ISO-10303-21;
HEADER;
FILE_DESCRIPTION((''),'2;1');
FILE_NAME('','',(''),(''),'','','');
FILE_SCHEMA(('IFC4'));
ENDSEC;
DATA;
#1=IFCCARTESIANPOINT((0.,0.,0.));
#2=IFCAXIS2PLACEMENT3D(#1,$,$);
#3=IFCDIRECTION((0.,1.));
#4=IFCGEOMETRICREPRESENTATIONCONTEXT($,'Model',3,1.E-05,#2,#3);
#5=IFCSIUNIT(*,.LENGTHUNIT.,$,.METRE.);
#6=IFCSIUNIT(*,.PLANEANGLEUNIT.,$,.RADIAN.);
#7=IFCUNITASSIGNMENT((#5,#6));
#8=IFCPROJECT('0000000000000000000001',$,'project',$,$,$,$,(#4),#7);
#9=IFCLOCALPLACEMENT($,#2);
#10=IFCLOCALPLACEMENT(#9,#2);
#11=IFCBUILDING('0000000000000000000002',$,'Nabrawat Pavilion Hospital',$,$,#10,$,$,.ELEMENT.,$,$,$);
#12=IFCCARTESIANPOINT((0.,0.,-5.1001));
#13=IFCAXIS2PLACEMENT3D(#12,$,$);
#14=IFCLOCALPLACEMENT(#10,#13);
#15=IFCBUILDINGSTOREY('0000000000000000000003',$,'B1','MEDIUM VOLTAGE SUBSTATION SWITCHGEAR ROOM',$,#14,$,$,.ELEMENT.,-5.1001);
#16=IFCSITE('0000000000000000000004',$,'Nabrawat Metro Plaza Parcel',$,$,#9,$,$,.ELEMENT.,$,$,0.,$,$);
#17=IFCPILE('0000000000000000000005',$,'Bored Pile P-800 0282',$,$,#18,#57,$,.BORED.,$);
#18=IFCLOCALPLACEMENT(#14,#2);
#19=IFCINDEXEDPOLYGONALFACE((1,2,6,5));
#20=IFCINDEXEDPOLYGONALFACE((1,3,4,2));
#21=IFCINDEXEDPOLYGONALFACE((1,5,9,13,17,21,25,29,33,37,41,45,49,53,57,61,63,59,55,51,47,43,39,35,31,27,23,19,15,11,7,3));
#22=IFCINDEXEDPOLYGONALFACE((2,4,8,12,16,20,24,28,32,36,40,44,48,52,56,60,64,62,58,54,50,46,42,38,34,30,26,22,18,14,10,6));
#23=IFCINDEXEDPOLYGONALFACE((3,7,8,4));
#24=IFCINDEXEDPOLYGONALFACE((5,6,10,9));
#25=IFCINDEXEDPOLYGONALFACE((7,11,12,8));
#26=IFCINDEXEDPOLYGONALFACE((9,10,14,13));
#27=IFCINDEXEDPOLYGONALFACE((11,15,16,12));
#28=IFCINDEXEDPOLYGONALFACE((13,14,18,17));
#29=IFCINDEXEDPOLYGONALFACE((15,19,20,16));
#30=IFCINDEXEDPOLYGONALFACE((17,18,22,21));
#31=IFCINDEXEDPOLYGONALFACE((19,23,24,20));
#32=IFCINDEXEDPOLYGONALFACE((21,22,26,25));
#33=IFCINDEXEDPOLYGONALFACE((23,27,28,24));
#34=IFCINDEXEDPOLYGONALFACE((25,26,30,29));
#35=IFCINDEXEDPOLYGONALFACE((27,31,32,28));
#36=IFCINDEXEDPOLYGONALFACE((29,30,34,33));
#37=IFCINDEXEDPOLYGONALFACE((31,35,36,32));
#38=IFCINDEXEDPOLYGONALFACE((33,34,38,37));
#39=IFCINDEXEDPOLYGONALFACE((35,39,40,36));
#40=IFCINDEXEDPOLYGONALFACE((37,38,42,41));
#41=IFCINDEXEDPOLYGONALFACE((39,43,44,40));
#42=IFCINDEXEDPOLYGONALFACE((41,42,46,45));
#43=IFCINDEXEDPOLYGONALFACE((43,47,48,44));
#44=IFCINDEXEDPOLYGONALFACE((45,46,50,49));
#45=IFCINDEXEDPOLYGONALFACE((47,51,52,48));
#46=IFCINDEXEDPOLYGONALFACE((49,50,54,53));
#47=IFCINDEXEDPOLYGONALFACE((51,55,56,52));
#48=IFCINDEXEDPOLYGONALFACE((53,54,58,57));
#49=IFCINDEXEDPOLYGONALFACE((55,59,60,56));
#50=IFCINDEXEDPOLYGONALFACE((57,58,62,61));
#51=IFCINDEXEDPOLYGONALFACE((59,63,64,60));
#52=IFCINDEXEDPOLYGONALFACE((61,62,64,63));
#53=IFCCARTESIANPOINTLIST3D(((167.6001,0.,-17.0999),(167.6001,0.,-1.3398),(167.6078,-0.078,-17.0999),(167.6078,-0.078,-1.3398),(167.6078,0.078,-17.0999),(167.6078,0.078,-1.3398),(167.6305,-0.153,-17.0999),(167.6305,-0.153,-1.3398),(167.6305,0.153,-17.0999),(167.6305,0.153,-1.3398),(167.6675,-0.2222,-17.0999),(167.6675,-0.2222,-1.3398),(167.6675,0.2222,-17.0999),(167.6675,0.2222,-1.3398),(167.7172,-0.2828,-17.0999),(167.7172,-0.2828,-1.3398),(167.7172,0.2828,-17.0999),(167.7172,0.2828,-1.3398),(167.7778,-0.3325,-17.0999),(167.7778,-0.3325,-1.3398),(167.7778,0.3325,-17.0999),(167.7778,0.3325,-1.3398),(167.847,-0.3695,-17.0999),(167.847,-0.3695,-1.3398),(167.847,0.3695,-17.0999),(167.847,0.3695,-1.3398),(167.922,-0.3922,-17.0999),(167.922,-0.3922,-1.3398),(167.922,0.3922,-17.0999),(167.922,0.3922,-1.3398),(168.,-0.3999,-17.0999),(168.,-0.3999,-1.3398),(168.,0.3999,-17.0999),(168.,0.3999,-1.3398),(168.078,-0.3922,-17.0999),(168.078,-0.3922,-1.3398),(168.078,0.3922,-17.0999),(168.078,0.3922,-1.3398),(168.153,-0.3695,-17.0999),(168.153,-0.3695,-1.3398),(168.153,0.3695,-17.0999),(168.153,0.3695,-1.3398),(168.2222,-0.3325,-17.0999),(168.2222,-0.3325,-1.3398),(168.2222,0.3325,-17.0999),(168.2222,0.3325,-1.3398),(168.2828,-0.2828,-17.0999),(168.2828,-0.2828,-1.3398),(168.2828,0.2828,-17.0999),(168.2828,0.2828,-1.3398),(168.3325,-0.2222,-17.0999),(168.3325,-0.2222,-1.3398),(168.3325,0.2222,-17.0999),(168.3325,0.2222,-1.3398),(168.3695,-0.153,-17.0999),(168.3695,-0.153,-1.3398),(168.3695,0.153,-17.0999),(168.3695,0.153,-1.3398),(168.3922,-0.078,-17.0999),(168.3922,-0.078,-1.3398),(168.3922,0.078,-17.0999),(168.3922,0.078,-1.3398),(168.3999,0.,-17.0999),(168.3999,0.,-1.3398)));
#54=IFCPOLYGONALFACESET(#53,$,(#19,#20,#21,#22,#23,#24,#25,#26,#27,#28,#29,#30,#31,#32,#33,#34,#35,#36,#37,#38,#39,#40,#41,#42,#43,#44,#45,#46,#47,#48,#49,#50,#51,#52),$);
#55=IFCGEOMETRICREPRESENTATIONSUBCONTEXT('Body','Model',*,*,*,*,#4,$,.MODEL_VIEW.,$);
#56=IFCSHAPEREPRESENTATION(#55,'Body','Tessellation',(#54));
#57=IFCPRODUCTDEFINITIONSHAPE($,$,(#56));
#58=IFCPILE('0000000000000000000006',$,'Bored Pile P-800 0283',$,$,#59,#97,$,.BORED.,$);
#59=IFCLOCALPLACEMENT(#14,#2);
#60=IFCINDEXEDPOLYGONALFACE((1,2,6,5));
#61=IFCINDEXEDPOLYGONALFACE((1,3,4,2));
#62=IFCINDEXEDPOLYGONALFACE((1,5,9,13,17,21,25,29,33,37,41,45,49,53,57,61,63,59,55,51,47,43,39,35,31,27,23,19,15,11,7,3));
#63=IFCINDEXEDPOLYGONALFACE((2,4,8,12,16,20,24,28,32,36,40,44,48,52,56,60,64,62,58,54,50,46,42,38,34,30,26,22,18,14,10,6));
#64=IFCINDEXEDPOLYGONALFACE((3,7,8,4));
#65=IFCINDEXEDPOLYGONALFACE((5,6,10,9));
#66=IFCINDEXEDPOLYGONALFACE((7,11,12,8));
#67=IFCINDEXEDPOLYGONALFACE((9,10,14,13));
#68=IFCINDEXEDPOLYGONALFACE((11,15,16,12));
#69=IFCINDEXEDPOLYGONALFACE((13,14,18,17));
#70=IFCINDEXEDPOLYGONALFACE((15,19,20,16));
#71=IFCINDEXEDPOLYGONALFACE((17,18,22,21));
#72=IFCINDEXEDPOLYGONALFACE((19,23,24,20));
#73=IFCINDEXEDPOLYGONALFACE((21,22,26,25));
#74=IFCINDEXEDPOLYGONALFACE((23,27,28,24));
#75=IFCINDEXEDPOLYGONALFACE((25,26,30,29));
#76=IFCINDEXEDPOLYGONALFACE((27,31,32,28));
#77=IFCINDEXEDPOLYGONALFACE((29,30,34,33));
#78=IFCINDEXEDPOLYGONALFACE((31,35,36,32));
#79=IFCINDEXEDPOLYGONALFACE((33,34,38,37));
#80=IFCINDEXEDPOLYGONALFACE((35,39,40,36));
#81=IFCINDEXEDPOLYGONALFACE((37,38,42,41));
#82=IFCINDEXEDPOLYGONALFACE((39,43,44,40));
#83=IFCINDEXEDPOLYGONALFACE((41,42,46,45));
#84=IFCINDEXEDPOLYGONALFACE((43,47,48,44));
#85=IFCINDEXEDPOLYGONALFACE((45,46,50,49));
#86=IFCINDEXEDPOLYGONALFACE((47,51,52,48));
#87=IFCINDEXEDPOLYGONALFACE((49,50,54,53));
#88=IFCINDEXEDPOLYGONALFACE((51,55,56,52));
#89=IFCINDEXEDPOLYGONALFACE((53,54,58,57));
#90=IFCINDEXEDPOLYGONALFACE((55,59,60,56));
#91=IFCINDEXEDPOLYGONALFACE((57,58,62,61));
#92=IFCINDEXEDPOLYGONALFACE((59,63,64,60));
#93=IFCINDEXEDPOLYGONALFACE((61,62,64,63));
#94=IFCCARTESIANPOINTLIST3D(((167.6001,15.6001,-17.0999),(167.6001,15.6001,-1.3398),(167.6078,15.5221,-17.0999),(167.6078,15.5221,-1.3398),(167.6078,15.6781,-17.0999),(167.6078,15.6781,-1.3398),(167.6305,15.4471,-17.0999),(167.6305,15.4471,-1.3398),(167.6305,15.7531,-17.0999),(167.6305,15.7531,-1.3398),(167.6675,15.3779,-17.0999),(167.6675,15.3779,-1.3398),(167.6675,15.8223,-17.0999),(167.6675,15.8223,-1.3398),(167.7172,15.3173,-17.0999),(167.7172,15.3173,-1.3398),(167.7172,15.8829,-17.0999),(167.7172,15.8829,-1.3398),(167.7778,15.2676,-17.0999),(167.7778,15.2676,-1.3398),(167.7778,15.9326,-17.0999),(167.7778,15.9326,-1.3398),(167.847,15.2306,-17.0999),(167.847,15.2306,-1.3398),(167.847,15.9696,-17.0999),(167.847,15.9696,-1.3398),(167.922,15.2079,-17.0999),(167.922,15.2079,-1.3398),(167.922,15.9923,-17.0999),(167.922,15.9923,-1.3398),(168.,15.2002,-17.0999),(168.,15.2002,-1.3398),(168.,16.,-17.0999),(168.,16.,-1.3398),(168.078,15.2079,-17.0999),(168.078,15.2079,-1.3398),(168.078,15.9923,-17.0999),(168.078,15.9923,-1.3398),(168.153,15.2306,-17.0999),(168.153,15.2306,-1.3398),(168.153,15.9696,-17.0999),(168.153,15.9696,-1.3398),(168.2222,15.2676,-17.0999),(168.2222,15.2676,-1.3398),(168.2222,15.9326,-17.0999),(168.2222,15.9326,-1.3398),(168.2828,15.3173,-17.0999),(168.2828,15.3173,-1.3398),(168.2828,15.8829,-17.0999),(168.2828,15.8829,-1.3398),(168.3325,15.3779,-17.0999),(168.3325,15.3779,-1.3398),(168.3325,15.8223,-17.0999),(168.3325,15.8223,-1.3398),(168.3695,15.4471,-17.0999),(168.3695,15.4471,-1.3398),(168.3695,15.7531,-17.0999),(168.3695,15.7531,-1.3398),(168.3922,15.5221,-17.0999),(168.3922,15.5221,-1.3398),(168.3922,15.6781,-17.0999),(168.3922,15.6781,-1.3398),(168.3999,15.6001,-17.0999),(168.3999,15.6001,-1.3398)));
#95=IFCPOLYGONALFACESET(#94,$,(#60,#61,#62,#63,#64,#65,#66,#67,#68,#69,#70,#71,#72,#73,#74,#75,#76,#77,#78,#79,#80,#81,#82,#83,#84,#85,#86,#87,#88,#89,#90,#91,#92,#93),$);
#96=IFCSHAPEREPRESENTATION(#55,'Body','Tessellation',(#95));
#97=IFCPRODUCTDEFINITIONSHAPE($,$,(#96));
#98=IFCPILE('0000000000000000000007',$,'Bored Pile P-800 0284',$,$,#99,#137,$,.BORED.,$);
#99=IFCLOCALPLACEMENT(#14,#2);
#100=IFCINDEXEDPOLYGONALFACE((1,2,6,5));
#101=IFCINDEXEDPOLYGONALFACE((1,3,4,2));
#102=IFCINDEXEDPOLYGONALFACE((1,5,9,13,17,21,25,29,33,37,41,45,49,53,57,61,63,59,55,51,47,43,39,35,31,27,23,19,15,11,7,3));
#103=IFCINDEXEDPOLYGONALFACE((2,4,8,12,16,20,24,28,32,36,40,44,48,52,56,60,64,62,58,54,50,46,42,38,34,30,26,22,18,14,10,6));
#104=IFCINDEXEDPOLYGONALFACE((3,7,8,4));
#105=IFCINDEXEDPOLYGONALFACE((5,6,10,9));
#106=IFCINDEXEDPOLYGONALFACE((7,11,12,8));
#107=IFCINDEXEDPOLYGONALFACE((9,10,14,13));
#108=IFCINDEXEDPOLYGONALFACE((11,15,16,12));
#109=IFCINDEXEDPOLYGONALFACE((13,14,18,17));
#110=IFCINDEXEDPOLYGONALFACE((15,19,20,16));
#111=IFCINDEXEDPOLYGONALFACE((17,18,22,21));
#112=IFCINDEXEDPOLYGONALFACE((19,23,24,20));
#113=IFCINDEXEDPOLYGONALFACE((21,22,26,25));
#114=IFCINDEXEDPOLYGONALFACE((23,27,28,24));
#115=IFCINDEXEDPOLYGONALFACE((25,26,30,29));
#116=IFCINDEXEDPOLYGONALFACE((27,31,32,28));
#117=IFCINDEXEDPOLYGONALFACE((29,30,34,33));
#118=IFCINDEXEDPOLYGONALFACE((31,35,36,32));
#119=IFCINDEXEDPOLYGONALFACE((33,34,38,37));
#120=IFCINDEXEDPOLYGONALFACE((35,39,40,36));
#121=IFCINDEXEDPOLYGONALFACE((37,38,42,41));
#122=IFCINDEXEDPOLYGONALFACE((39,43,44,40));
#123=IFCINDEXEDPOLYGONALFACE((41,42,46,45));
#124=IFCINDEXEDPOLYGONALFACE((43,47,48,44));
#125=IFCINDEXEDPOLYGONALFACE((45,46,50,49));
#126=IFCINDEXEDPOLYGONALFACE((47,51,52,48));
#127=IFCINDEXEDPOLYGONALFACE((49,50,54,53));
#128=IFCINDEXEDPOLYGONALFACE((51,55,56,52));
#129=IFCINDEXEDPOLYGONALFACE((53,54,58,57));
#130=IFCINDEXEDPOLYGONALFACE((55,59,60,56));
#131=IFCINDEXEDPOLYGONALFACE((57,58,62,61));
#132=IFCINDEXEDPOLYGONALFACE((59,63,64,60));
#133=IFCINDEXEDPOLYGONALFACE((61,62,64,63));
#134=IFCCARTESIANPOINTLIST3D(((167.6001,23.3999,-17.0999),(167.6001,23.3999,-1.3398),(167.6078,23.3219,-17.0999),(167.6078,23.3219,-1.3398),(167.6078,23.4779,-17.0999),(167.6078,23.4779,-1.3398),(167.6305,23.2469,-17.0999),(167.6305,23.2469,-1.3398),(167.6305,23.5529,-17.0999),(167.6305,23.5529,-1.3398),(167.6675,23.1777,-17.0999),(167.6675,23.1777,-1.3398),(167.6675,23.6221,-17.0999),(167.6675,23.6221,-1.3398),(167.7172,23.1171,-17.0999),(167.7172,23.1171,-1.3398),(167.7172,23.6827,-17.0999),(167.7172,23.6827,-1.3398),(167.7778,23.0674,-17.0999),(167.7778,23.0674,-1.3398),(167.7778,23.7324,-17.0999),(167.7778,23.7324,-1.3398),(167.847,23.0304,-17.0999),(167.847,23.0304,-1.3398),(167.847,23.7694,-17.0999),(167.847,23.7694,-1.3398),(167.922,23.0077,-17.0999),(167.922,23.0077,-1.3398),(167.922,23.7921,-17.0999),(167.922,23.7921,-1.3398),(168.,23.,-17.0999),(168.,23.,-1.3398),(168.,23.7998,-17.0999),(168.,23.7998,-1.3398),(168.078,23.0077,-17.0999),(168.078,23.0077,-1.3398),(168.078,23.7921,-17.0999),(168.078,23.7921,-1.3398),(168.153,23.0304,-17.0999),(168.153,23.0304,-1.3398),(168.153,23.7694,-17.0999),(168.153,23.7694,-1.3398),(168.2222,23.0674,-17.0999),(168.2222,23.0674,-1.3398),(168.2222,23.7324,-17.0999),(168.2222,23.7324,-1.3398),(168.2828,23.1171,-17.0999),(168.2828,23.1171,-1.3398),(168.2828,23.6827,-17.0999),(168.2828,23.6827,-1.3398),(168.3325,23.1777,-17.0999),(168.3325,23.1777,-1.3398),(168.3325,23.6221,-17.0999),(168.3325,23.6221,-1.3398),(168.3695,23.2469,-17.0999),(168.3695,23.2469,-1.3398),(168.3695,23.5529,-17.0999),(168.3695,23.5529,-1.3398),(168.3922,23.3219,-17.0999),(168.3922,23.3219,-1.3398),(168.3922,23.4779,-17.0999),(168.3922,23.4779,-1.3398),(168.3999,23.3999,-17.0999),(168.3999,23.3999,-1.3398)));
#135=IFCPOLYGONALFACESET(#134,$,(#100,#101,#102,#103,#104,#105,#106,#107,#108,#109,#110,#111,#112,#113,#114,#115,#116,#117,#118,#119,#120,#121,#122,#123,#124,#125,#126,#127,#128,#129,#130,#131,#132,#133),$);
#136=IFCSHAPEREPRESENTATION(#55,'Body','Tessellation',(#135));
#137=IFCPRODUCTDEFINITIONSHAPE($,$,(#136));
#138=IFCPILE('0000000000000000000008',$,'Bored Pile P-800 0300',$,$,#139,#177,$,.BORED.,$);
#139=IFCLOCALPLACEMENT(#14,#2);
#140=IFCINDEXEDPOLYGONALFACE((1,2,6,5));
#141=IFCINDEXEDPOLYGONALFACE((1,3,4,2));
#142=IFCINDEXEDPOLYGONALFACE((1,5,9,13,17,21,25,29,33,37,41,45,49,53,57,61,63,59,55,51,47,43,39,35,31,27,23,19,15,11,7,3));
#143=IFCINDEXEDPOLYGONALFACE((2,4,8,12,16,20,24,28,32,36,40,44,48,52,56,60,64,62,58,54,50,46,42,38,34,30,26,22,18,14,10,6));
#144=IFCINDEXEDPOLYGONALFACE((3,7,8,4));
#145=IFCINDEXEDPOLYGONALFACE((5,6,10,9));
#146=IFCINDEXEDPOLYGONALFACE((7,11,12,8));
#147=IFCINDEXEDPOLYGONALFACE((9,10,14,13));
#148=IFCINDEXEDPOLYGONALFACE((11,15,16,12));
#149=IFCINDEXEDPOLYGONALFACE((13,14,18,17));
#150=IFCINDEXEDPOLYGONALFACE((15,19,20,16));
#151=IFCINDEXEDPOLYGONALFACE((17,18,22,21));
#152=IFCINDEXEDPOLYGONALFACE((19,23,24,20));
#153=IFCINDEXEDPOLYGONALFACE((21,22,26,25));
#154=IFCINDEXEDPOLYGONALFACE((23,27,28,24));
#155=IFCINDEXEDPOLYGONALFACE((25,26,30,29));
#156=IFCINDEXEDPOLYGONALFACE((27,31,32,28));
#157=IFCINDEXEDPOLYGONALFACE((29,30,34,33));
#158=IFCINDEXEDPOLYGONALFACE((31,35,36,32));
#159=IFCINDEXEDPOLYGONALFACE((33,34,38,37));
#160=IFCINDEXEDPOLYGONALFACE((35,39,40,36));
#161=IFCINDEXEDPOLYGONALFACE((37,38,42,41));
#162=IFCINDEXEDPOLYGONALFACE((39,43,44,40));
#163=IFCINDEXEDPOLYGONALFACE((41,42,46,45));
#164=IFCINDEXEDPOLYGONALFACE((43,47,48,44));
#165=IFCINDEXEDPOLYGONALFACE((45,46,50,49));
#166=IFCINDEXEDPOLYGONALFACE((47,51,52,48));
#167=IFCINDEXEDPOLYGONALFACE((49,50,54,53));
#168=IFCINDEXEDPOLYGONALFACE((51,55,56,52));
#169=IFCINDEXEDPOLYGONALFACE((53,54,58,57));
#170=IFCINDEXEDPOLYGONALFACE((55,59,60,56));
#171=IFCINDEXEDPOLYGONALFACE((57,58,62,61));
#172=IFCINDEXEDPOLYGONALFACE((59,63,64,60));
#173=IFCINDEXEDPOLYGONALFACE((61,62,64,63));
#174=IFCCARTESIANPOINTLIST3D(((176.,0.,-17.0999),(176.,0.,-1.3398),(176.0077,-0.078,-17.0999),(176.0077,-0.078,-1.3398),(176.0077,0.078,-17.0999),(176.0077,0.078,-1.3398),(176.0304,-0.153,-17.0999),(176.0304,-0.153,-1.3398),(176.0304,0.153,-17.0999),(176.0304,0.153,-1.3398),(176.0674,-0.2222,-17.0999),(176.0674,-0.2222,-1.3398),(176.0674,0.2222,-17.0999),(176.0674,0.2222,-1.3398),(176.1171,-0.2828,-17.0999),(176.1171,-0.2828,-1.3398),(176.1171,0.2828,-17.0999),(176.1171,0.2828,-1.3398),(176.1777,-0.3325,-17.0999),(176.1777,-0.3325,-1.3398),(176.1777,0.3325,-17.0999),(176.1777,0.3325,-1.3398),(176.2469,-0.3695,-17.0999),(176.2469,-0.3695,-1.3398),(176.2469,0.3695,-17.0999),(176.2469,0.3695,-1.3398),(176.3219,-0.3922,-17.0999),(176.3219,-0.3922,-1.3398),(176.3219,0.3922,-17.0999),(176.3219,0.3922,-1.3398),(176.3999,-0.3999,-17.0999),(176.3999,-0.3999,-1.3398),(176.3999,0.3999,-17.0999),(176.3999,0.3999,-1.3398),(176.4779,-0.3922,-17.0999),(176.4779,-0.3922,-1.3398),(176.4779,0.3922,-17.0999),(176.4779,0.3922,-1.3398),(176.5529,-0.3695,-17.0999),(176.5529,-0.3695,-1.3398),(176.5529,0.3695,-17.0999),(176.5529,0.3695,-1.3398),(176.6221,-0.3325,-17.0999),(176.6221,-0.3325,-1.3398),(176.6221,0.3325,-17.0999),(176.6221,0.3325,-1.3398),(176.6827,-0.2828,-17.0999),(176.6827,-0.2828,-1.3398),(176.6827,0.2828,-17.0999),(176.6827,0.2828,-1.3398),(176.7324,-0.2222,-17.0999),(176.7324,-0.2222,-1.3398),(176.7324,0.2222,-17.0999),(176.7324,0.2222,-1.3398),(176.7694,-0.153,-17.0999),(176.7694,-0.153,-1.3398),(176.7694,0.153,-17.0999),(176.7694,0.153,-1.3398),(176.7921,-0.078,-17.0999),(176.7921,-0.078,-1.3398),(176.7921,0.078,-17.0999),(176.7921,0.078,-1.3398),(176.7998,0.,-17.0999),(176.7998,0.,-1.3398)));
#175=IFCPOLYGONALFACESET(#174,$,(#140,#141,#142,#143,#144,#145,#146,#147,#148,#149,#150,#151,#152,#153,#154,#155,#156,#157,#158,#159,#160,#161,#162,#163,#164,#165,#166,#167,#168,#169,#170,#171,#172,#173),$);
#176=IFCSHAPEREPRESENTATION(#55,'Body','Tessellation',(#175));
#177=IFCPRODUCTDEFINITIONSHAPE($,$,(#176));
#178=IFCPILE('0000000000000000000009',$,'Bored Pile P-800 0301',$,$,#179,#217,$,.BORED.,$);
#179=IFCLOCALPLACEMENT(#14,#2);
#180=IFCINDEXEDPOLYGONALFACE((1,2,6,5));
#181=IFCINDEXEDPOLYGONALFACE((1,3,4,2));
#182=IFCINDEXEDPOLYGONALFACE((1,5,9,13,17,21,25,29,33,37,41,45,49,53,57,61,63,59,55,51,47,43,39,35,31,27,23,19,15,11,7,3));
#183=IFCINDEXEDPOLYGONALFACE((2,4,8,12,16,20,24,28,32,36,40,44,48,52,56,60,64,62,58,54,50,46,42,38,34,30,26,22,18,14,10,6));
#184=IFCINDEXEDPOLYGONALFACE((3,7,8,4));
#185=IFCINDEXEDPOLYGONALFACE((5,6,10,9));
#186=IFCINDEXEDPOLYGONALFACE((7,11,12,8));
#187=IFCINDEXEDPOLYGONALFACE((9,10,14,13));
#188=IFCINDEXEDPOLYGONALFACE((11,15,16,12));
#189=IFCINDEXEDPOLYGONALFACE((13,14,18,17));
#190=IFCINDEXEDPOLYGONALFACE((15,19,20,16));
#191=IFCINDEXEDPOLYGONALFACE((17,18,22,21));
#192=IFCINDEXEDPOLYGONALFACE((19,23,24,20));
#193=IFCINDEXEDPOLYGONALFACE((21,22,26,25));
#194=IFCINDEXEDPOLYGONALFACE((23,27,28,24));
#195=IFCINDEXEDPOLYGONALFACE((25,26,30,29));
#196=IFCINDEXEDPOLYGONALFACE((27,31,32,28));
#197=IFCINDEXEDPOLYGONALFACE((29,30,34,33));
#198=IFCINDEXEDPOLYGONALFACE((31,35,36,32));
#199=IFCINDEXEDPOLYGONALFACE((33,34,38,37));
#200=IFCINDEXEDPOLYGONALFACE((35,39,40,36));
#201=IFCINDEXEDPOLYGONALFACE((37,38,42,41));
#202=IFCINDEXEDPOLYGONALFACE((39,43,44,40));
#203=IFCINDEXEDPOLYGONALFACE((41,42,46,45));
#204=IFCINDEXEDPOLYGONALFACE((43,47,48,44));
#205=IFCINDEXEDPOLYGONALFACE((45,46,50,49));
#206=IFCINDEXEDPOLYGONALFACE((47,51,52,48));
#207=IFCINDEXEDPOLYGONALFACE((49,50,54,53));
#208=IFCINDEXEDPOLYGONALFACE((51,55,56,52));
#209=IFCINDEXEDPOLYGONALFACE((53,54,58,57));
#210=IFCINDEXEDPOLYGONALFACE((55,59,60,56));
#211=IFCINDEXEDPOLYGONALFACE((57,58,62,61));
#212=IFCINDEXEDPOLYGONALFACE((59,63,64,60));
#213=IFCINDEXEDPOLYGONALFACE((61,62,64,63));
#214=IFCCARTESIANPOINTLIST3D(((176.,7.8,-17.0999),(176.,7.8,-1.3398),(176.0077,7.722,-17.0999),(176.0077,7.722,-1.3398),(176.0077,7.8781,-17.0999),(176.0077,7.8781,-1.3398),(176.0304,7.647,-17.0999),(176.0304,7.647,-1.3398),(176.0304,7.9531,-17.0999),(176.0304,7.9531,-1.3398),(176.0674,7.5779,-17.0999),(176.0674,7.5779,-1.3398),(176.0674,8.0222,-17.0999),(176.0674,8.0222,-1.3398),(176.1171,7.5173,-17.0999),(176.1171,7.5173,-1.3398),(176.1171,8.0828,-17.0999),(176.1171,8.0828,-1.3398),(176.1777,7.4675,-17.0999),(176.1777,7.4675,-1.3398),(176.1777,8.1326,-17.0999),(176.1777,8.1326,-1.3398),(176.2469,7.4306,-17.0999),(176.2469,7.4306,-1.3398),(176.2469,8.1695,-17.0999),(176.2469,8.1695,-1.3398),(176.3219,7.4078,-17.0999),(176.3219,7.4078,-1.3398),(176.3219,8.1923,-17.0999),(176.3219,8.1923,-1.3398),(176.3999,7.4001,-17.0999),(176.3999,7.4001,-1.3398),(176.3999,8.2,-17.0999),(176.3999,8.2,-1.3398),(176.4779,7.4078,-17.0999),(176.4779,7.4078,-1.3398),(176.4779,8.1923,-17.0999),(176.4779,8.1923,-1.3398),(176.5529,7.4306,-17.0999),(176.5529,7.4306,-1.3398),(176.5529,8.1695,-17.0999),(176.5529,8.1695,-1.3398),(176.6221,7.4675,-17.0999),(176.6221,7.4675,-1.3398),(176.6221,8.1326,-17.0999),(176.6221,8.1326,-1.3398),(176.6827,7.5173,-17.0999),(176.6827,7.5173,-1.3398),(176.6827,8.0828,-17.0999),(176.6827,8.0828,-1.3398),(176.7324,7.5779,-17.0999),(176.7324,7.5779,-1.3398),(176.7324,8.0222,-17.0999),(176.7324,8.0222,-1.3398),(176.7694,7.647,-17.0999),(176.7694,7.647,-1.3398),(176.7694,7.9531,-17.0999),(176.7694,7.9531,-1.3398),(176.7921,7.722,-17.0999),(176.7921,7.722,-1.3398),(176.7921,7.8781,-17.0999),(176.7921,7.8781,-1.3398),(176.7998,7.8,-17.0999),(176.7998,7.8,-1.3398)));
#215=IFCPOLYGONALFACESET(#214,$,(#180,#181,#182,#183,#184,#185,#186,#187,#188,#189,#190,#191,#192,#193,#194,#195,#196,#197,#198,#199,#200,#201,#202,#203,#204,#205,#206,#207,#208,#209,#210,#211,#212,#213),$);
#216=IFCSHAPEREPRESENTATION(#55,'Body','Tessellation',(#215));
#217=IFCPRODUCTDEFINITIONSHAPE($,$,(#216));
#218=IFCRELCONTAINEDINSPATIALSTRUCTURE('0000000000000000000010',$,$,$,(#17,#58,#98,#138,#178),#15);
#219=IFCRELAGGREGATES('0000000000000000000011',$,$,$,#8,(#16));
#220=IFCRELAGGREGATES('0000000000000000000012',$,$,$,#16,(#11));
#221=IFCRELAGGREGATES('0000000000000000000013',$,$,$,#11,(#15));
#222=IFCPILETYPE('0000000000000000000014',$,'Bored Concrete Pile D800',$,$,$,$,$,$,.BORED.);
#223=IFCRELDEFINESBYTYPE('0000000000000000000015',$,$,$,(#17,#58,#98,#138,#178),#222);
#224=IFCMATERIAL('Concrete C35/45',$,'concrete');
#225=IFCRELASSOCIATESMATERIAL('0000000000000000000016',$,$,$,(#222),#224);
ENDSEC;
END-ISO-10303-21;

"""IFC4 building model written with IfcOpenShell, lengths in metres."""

from ifc_helpers import new_model, si_unit, direction, frame, origin, origin_2d, place, context, subcontext, project, spatial, circle, extrude, material, material_profile, profile_set, type_object, element, save


model = new_model("IFC4")

# Units and contexts
model_context = context("Model", 3, precision=1e-05, world=origin(), true_north=direction((0.0, 1.0)))
body_context = subcontext(model_context, "Body", "Model", "MODEL_VIEW")
ifc_project = project(units=[si_unit("LENGTHUNIT", "METRE"), si_unit("PLANEANGLEUNIT", "RADIAN")], contexts=[model_context])

# Site, building, storey
site_placement = place(None, origin())
site = spatial("IfcSite", under=ifc_project, at=site_placement, Name="Nabrawat Metro Plaza Parcel", CompositionType="ELEMENT", RefElevation=0.0)
building_placement = place(site_placement, origin())
building = spatial("IfcBuilding", under=site, at=building_placement, Name="Nabrawat Pavilion Hospital", CompositionType="ELEMENT")
storey_placement = place(building_placement, frame((0.0, 0.0, -5.1001)))
storey = spatial("IfcBuildingStorey", under=building, at=storey_placement, Name="B1", Description="MEDIUM VOLTAGE SUBSTATION SWITCHGEAR ROOM", CompositionType="ELEMENT", Elevation=-5.1001)

# Piles
ifc_material_1 = material(Name="Concrete C35/45", Category="concrete")
ifc_material_profile_1 = material_profile(ifc_material_1, circle(Radius=0.3999, at=origin_2d()), Name="DIA 800")
ifc_profile_set_1 = profile_set([ifc_material_profile_1], Name="Concrete C35/45")
pile_type = type_object("IfcPileType", Name="Bored Concrete Pile D800", PredefinedType="BORED", material=ifc_profile_set_1)
for number, where, z_axis, x_axis, name in (
    (1, (168.0, 0.0, -1.3398), (0.0, 0.0, -1.0), (1.0, 0.0, 0.0), "Bored Pile P-800 0282"),
    (2, (168.0, 15.6001, -1.3398), (0.0, 0.0, -1.0), (1.0, 0.0, 0.0), "Bored Pile P-800 0283"),
    (3, (168.0, 23.3999, -1.3398), (0.0, 0.0, -1.0), (1.0, 0.0, 0.0), "Bored Pile P-800 0284"),
    (4, (176.3999, 0.0, -1.3398), (0.0, 0.0, -1.0), (1.0, 0.0, 0.0), "Bored Pile P-800 0300"),
    (5, (176.3999, 7.8, -1.3398), (0.0, 0.0, -1.0), (1.0, 0.0, 0.0), "Bored Pile P-800 0301"),
):
    element("IfcPile", number, at=place(storey_placement, frame(where, z_axis=z_axis, x_axis=x_axis)), inside=storey, type_object=pile_type, Name=name, PredefinedType="BORED", context=body_context, shape_type="SweptSolid", body=[
        extrude(circle(Radius=0.3999, at=origin_2d()), origin(), (0.0, 0.0, 1.0), 15.76),
    ])

save(model, "model.ifc")
